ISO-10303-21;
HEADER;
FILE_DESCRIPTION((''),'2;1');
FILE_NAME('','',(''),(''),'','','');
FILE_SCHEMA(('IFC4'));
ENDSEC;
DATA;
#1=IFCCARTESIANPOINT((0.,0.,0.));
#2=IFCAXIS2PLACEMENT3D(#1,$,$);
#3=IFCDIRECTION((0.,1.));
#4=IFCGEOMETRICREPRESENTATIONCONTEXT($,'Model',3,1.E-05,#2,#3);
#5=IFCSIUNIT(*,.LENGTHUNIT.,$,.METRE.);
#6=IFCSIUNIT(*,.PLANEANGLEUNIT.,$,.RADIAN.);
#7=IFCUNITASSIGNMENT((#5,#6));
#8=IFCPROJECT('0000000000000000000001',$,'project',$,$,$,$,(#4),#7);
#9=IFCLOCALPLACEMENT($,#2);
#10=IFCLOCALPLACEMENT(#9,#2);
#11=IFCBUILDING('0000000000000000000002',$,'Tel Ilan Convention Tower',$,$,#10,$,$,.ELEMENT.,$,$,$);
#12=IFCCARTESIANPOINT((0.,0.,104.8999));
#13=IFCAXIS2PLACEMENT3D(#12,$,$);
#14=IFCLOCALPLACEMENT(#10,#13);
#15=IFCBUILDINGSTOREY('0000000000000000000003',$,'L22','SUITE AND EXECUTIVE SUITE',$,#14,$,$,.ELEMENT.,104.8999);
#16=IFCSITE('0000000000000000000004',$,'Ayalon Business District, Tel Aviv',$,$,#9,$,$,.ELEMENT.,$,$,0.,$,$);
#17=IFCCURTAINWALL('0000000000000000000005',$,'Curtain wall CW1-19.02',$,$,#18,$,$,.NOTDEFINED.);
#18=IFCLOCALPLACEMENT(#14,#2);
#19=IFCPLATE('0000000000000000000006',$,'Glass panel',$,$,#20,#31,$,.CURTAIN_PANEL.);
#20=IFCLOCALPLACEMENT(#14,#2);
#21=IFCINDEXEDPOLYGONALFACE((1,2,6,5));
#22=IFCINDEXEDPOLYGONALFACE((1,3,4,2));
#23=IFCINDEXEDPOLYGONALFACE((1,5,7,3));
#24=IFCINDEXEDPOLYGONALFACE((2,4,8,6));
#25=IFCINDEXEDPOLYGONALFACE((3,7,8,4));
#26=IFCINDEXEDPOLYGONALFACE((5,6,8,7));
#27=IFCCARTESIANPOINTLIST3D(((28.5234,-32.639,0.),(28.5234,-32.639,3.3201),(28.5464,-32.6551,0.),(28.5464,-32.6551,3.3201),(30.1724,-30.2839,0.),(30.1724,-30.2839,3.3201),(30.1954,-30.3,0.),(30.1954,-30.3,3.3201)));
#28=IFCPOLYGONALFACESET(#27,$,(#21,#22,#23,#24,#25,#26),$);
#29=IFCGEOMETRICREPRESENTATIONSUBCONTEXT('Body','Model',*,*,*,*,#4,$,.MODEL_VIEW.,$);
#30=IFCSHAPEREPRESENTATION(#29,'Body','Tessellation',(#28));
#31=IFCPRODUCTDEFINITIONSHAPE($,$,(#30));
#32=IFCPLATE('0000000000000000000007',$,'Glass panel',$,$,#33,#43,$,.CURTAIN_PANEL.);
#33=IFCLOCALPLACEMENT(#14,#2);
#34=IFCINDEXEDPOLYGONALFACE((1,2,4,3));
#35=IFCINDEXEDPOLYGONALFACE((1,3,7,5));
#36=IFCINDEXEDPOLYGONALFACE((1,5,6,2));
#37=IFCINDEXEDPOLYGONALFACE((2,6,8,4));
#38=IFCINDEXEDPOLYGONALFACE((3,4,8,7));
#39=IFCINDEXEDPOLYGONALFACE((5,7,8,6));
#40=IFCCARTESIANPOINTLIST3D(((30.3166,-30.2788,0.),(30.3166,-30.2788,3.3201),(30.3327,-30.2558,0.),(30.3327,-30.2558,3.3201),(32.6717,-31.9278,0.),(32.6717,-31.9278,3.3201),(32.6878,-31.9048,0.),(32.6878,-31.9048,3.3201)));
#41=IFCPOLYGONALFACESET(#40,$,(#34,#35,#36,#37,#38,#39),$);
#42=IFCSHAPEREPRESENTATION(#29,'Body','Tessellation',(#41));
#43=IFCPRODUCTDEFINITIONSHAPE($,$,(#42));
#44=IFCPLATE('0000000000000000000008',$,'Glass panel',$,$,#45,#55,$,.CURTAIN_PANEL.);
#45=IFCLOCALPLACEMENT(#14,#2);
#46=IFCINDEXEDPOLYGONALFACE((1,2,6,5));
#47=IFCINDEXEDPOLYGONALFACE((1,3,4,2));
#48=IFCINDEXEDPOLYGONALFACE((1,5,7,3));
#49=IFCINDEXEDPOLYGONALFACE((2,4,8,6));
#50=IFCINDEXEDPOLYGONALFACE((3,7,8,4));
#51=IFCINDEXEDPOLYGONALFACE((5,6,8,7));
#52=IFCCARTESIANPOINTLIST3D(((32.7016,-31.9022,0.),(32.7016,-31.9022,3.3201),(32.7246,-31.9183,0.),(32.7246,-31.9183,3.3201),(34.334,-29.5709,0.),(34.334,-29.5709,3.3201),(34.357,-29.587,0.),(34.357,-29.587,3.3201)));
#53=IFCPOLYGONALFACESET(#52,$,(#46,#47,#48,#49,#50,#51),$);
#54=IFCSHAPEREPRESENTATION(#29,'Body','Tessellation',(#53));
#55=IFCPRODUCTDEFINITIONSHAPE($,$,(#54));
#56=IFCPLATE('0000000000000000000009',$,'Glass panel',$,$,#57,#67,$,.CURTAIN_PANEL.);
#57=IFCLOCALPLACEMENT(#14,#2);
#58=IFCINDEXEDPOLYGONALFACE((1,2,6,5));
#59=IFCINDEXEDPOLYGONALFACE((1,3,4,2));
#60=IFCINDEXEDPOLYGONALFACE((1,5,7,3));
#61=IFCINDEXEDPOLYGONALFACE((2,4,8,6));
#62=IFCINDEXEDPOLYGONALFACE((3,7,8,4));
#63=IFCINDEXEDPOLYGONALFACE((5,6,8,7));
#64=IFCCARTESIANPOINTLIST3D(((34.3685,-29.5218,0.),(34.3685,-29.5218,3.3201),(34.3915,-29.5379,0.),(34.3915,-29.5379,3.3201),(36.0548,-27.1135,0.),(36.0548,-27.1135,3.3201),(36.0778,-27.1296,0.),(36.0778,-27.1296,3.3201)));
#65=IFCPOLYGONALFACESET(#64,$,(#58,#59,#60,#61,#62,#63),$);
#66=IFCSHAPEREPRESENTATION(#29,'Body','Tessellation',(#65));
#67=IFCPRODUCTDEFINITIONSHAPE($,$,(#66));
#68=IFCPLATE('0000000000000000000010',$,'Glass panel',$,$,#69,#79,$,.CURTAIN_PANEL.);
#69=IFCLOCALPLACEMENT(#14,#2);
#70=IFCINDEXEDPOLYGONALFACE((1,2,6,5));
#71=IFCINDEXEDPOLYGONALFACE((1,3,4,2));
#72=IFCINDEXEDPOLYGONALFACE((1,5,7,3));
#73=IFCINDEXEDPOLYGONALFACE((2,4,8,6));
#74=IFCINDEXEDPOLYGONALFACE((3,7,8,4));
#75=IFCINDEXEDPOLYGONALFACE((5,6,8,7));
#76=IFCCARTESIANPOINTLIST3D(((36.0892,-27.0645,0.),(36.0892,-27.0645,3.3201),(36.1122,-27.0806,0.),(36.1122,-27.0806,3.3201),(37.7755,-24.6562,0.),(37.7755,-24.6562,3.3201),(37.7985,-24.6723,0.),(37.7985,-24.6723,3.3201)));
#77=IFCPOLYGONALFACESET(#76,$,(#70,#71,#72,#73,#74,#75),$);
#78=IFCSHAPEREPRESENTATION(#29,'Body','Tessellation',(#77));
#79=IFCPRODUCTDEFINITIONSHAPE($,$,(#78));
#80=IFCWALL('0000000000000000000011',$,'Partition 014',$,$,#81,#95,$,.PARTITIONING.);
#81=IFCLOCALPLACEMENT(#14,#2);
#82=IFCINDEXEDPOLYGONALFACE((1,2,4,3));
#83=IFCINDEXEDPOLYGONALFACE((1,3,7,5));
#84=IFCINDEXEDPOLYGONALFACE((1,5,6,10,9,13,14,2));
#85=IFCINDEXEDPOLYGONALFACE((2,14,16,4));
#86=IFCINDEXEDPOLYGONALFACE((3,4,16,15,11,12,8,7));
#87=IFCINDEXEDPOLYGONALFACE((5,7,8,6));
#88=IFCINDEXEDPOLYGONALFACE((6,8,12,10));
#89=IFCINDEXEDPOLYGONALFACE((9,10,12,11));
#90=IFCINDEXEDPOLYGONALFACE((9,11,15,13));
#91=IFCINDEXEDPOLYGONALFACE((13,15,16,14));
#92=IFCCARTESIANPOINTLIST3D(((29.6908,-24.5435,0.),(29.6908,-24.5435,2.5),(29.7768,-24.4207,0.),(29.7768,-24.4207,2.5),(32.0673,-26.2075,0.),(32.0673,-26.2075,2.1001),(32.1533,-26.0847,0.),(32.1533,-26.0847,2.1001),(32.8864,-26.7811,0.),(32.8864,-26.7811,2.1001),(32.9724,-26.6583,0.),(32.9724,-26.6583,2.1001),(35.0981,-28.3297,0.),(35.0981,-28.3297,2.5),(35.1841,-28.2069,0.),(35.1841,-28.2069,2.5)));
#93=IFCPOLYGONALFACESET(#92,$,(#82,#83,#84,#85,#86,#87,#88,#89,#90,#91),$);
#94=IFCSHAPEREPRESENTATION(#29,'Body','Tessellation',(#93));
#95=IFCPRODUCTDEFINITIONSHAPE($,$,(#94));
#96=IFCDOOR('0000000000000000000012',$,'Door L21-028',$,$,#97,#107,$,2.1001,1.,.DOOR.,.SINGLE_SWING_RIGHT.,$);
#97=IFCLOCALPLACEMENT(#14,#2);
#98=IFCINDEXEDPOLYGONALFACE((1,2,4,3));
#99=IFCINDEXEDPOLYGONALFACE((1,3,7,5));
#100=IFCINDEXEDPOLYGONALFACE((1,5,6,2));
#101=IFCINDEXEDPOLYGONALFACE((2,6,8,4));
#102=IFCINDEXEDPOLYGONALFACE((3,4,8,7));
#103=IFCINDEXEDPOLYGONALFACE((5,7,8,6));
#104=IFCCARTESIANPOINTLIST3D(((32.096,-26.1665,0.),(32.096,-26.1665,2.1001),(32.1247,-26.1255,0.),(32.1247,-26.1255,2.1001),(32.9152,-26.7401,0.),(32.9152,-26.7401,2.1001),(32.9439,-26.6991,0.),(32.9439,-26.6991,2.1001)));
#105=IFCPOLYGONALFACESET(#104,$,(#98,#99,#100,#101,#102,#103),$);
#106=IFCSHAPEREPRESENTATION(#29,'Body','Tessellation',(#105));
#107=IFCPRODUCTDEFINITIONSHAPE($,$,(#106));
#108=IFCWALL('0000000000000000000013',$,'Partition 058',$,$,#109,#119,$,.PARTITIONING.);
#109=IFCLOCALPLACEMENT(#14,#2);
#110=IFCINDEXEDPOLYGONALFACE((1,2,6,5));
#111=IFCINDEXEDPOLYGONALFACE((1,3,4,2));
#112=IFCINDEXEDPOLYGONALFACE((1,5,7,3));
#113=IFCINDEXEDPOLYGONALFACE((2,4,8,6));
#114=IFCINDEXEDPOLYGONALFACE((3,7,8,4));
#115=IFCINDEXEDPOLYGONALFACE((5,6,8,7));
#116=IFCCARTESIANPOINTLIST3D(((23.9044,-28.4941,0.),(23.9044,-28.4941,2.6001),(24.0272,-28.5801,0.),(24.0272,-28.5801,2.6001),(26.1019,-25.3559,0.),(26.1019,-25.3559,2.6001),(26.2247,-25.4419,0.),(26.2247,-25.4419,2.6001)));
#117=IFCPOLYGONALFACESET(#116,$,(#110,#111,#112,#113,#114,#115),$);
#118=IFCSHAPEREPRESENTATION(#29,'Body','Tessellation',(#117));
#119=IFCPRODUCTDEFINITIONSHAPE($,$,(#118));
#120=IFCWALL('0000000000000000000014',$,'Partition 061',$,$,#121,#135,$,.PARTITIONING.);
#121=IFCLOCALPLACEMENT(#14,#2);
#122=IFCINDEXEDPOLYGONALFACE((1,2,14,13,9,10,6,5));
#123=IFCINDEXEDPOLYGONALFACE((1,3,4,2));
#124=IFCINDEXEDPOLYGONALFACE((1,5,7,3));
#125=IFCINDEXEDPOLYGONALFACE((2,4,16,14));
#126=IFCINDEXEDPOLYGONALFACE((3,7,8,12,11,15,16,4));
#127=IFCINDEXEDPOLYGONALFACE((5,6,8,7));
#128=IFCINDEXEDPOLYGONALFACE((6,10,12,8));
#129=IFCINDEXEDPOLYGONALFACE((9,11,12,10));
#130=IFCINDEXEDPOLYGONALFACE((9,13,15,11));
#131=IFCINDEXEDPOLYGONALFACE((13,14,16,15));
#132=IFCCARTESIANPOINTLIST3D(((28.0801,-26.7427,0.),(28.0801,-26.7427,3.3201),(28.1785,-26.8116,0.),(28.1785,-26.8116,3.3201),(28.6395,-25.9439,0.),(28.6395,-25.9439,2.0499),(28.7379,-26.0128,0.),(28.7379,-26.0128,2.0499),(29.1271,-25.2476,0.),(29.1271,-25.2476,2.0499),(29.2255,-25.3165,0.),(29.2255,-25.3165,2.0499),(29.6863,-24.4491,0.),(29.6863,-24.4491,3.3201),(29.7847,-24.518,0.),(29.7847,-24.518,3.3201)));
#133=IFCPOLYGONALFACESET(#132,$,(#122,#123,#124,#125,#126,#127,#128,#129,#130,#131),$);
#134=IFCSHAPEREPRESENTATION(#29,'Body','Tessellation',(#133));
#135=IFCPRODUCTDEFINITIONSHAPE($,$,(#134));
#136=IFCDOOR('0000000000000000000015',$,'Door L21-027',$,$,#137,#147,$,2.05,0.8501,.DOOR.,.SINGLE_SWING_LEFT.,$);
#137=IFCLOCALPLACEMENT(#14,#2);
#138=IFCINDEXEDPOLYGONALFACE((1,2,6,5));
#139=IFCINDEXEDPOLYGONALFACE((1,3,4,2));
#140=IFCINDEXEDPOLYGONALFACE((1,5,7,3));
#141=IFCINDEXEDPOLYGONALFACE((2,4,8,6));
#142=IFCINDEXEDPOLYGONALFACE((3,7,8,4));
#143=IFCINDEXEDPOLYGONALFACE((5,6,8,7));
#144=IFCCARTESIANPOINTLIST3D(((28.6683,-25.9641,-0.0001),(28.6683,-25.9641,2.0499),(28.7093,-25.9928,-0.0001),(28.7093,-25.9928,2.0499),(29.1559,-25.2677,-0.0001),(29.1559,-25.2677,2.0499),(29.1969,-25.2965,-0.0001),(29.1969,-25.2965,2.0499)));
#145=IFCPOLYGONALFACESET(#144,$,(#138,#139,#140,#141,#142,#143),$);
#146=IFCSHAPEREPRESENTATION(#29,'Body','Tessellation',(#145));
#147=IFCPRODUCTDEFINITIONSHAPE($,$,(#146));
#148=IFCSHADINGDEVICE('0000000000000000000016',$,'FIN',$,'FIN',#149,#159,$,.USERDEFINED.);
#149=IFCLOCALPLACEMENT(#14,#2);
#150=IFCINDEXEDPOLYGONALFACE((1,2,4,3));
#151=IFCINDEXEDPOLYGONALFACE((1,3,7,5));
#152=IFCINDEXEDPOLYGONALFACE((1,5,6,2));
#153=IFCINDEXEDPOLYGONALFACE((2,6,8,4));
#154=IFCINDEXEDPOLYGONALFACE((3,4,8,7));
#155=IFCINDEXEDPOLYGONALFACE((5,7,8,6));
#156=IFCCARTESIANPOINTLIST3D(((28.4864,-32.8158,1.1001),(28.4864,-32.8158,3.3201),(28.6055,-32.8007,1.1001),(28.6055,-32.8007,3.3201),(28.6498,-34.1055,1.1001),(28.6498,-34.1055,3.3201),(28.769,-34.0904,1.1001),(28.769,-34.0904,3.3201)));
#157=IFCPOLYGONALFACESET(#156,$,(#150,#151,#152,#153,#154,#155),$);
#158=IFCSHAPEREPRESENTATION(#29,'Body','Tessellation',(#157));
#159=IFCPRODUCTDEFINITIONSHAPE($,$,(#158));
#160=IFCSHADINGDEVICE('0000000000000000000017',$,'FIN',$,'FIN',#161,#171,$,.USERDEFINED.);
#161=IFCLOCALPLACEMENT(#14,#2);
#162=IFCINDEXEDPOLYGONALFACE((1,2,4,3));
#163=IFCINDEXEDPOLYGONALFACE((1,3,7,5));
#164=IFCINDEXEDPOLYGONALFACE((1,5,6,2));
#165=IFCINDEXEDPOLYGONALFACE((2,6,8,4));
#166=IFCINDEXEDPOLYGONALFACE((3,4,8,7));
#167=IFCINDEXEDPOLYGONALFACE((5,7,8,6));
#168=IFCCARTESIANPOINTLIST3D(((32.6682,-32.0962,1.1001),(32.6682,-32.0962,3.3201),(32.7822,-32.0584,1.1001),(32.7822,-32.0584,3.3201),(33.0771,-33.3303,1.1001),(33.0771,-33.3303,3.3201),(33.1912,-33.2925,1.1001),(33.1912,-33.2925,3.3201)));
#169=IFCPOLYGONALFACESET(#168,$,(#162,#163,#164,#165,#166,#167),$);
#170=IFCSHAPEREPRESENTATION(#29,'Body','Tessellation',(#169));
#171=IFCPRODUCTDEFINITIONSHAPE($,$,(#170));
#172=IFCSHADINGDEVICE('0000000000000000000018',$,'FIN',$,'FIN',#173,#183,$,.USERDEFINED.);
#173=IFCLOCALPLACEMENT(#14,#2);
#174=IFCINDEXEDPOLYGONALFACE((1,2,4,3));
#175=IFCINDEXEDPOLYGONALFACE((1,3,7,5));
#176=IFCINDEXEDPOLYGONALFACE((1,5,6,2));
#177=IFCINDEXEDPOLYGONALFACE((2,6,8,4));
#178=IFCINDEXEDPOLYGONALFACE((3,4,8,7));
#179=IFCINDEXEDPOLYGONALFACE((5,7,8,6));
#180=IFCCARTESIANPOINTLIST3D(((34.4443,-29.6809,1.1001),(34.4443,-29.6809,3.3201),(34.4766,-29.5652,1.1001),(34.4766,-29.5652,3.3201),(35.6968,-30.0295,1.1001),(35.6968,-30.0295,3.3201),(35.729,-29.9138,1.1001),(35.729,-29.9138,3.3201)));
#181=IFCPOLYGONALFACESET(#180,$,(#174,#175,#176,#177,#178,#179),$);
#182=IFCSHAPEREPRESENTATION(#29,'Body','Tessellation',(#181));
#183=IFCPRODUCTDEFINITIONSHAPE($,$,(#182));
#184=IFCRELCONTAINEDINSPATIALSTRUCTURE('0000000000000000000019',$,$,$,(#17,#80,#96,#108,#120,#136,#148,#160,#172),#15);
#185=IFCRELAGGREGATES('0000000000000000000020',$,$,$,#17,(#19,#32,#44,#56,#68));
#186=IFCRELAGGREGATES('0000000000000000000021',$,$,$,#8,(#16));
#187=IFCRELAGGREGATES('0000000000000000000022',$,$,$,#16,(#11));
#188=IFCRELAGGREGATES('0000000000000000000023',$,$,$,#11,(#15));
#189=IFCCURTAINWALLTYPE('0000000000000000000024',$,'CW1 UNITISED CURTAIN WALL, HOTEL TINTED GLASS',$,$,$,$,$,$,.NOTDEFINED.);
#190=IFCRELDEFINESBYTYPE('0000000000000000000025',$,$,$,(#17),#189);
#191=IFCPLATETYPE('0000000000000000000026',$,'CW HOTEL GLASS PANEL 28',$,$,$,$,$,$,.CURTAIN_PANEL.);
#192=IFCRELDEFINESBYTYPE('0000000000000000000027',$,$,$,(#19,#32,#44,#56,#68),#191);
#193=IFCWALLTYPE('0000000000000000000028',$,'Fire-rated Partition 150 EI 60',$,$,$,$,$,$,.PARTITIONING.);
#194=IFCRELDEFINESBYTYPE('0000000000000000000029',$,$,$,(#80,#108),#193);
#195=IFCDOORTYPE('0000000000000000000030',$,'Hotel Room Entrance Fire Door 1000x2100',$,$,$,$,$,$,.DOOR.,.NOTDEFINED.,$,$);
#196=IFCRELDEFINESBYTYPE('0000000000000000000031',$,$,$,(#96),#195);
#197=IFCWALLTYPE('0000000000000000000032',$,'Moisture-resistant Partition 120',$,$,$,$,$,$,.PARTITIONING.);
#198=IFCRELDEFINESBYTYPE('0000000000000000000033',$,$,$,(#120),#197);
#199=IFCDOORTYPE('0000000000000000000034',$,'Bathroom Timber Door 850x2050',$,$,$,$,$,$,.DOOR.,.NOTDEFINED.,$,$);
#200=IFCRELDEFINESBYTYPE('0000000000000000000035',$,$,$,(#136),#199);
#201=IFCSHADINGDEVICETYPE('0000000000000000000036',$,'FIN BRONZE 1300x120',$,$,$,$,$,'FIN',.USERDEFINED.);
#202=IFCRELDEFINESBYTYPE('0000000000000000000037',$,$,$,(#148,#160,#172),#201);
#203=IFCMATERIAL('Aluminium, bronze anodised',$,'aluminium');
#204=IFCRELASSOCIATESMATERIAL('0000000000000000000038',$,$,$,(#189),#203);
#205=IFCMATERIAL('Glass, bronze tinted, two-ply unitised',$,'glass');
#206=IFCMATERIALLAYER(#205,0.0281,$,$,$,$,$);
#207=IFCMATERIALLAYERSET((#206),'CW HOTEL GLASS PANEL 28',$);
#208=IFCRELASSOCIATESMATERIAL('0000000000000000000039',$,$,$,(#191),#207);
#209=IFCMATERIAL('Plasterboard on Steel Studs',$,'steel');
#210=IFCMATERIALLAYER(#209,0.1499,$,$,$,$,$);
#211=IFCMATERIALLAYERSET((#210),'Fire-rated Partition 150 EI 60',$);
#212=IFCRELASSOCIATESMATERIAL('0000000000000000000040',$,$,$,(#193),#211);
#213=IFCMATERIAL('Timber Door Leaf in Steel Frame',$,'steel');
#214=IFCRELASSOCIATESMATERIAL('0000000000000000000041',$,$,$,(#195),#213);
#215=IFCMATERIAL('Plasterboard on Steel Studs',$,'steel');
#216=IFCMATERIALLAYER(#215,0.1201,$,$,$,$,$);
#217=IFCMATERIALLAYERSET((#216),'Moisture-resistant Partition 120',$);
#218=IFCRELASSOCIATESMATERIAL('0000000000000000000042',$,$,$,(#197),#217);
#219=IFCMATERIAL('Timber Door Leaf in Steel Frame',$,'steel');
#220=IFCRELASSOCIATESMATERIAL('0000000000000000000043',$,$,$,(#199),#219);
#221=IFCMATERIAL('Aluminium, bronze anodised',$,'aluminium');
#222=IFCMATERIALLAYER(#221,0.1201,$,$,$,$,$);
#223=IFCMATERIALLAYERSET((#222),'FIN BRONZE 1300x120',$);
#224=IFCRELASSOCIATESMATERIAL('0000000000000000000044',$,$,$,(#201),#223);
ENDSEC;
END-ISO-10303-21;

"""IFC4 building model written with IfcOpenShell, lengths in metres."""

from ifc_helpers import new_model, si_unit, direction, frame, frame_2d, origin, origin_2d, place, context, subcontext, project, spatial, rectangle, extrude, material, layer, layer_set, type_object, element, fill, aggregate, save


model = new_model("IFC4")

# Units and contexts
model_context = context("Model", 3, precision=1e-05, world=origin(), true_north=direction((0.0, 1.0)))
body_context = subcontext(model_context, "Body", "Model", "MODEL_VIEW")
ifc_project = project(units=[si_unit("LENGTHUNIT", "METRE"), si_unit("PLANEANGLEUNIT", "RADIAN")], contexts=[model_context])

# Site, building, storey
site_placement = place(None, origin())
site = spatial("IfcSite", under=ifc_project, at=site_placement, Name="Ayalon Business District, Tel Aviv", CompositionType="ELEMENT", RefElevation=0.0)
building_placement = place(site_placement, origin())
building = spatial("IfcBuilding", under=site, at=building_placement, Name="Tel Ilan Convention Tower", CompositionType="ELEMENT")
storey_placement = place(building_placement, frame((0.0, 0.0, 104.8999)))
storey = spatial("IfcBuildingStorey", under=building, at=storey_placement, Name="L22", Description="SUITE AND EXECUTIVE SUITE", CompositionType="ELEMENT", Elevation=104.8999)

# Curtain wall, plates
ifc_material_1 = material(Name="Aluminium, bronze anodised", Category="aluminium")
curtain_wall_type = type_object("IfcCurtainWallType", Name="CW1 UNITISED CURTAIN WALL, HOTEL TINTED GLASS", PredefinedType="NOTDEFINED", material=ifc_material_1)
curtain_wall_placement = place(storey_placement, origin())
curtain_wall = element("IfcCurtainWall", 1, at=curtain_wall_placement, inside=storey, type_object=curtain_wall_type, Name="Curtain wall CW1-19.02", PredefinedType="NOTDEFINED")
ifc_material_2 = material(Name="Glass, bronze tinted, two-ply unitised", Category="glass")
ifc_layer_1 = layer(ifc_material_2, 0.0281)
ifc_layer_set_1 = layer_set([ifc_layer_1], Name="CW HOTEL GLASS PANEL 28")
plate_type = type_object("IfcPlateType", Name="CW HOTEL GLASS PANEL 28", PredefinedType="CURTAIN_PANEL", material=ifc_layer_set_1)
plate_1_placement = place(storey_placement, frame((29.3594, -31.4695, 0.0), z_axis=(0.0, 0.0, 1.0), x_axis=(0.573576, 0.819152, 0.0)))
plate_1 = element("IfcPlate", 2, at=plate_1_placement, type_object=plate_type, Name="Glass panel", PredefinedType="CURTAIN_PANEL", context=body_context, shape_type="SweptSolid", body=[
    extrude(rectangle(XDim=2.875, YDim=0.0281, at=origin_2d()), origin(), (0.0, 0.0, 1.0), 3.3201),
])
plate_2_placement = place(storey_placement, frame((31.5022, -31.0918, 0.0), z_axis=(0.0, 0.0, 1.0), x_axis=(0.819152, -0.573576, 0.0)))
plate_2 = element("IfcPlate", 3, at=plate_2_placement, type_object=plate_type, Name="Glass panel", PredefinedType="CURTAIN_PANEL", context=body_context, shape_type="SweptSolid", body=[
    extrude(rectangle(XDim=2.875, YDim=0.0281, at=origin_2d()), origin(), (0.0, 0.0, 1.0), 3.3201),
])
plate_3_placement = place(storey_placement, frame((33.5293, -30.7446, 0.0), z_axis=(0.0, 0.0, 1.0), x_axis=(0.573576, 0.819152, 0.0)))
plate_3 = element("IfcPlate", 4, at=plate_3_placement, type_object=plate_type, Name="Glass panel", PredefinedType="CURTAIN_PANEL", context=body_context, shape_type="SweptSolid", body=[
    extrude(rectangle(XDim=2.8459, YDim=0.0281, at=origin_2d()), origin(), (0.0, 0.0, 1.0), 3.3201),
])
plate_4_placement = place(storey_placement, frame((35.2231, -28.3257, 0.0), z_axis=(0.0, 0.0, 1.0), x_axis=(0.573576, 0.819152, 0.0)))
plate_4 = element("IfcPlate", 5, at=plate_4_placement, type_object=plate_type, Name="Glass panel", PredefinedType="CURTAIN_PANEL", context=body_context, shape_type="SweptSolid", body=[
    extrude(rectangle(XDim=2.9399, YDim=0.0281, at=origin_2d()), origin(), (0.0, 0.0, 1.0), 3.3201),
])
plate_5_placement = place(storey_placement, frame((36.9438, -25.8684, 0.0), z_axis=(0.0, 0.0, 1.0), x_axis=(0.573576, 0.819152, 0.0)))
plate_5 = element("IfcPlate", 6, at=plate_5_placement, type_object=plate_type, Name="Glass panel", PredefinedType="CURTAIN_PANEL", context=body_context, shape_type="SweptSolid", body=[
    extrude(rectangle(XDim=2.9399, YDim=0.0281, at=origin_2d()), origin(), (0.0, 0.0, 1.0), 3.3201),
])
aggregate(curtain_wall, [plate_1, plate_2, plate_3, plate_4, plate_5])

# Wall, opening, door
ifc_material_3 = material(Name="Plasterboard on Steel Studs", Category="steel")
ifc_layer_2 = layer(ifc_material_3, 0.1499)
ifc_layer_set_2 = layer_set([ifc_layer_2], Name="Fire-rated Partition 150 EI 60")
wall_type_1 = type_object("IfcWallType", Name="Fire-rated Partition 150 EI 60", PredefinedType="PARTITIONING", material=ifc_layer_set_2)
wall_1_placement = place(storey_placement, frame((35.1411, -28.2683, 0.0), z_axis=(0.0, 0.0, 1.0), x_axis=(-0.819155, 0.573572, 0.0)))
wall_1 = element("IfcWall", 7, at=wall_1_placement, inside=storey, type_object=wall_type_1, Name="Partition 014", PredefinedType="PARTITIONING", context=body_context, shape_type="SweptSolid", body=[
    extrude(rectangle(XDim=6.6011, YDim=0.1499, at=frame_2d((3.3005, 0.0))), origin(), (0.0, 0.0, 1.0), 2.5),
])
opening_1_placement = place(wall_1_placement, frame((2.7, 0.0, 0.0)))
opening_1 = element("IfcOpeningElement", 8, at=opening_1_placement, cuts=wall_1, PredefinedType="OPENING", context=body_context, shape_type="SweptSolid", body=[
    extrude(rectangle(XDim=1.0, YDim=2.1001, at=frame_2d((0.5, 1.05))), frame((0.0, 0.085, 0.0), z_axis=(0.0, -1.0, 0.0), x_axis=(1.0, 0.0, 0.0)), (0.0, 0.0, 1.0), 0.1699),
])
ifc_material_4 = material(Name="Timber Door Leaf in Steel Frame", Category="steel")
door_type_1 = type_object("IfcDoorType", Name="Hotel Room Entrance Fire Door 1000x2100", OperationType="NOTDEFINED", PredefinedType="DOOR", material=ifc_material_4)
door_1_placement = place(opening_1_placement, origin())
door_1 = element("IfcDoor", 9, at=door_1_placement, inside=storey, type_object=door_type_1, Name="Door L21-028", OperationType="SINGLE_SWING_RIGHT", OverallHeight=2.1001, OverallWidth=1.0, PredefinedType="DOOR", context=body_context, shape_type="SweptSolid", body=[
    extrude(rectangle(XDim=1.0, YDim=2.1001, at=frame_2d((0.5, 1.05))), frame((0.0, 0.0249, 0.0), z_axis=(0.0, -1.0, 0.0), x_axis=(1.0, 0.0, 0.0)), (0.0, 0.0, 1.0), 0.05),
])
fill(opening_1, door_1)

# Wall
wall_2_placement = place(storey_placement, frame((26.1633, -25.3989, 0.0), z_axis=(0.0, 0.0, 1.0), x_axis=(-0.573599, -0.819136, 0.0)))
element("IfcWall", 10, at=wall_2_placement, inside=storey, type_object=wall_type_1, Name="Partition 058", PredefinedType="PARTITIONING", context=body_context, shape_type="SweptSolid", body=[
    extrude(rectangle(XDim=3.8311, YDim=0.1499, at=frame_2d((1.9155, 0.0))), origin(), (0.0, 0.0, 1.0), 2.6001),
])

# Wall, opening, door
ifc_material_5 = material(Name="Plasterboard on Steel Studs", Category="steel")
ifc_layer_3 = layer(ifc_material_5, 0.1201)
ifc_layer_set_3 = layer_set([ifc_layer_3], Name="Moisture-resistant Partition 120")
wall_type_2 = type_object("IfcWallType", Name="Moisture-resistant Partition 120", PredefinedType="PARTITIONING", material=ifc_layer_set_3)
wall_3_placement = place(storey_placement, frame((28.1294, -26.7771, 0.0), z_axis=(0.0, 0.0, 1.0), x_axis=(0.573609, 0.81913, 0.0)))
wall_3 = element("IfcWall", 11, at=wall_3_placement, inside=storey, type_object=wall_type_2, Name="Partition 061", PredefinedType="PARTITIONING", context=body_context, shape_type="SweptSolid", body=[
    extrude(rectangle(XDim=2.8, YDim=0.1201, at=frame_2d((1.3999, 0.0))), origin(), (0.0, 0.0, 1.0), 3.3201),
])
opening_2_placement = place(wall_3_placement, frame((0.9751, 0.0, 0.0)))
opening_2 = element("IfcOpeningElement", 12, at=opening_2_placement, cuts=wall_3, PredefinedType="OPENING", context=body_context, shape_type="SweptSolid", body=[
    extrude(rectangle(XDim=0.8501, YDim=2.05, at=frame_2d((0.425, 1.0249))), frame((0.0, 0.0701, 0.0), z_axis=(0.0, -1.0, 0.0), x_axis=(1.0, 0.0, 0.0)), (0.0, 0.0, 1.0), 0.1401),
])
ifc_material_6 = material(Name="Timber Door Leaf in Steel Frame", Category="steel")
door_type_2 = type_object("IfcDoorType", Name="Bathroom Timber Door 850x2050", OperationType="NOTDEFINED", PredefinedType="DOOR", material=ifc_material_6)
door_2_placement = place(opening_2_placement, origin())
door_2 = element("IfcDoor", 13, at=door_2_placement, inside=storey, type_object=door_type_2, Name="Door L21-027", OperationType="SINGLE_SWING_LEFT", OverallHeight=2.05, OverallWidth=0.8501, PredefinedType="DOOR", context=body_context, shape_type="SweptSolid", body=[
    extrude(rectangle(XDim=0.8501, YDim=2.05, at=frame_2d((0.425, 1.0249))), frame((0.0, 0.0249, 0.0), z_axis=(0.0, -1.0, 0.0), x_axis=(1.0, 0.0, 0.0)), (0.0, 0.0, 1.0), 0.05),
])
fill(opening_2, door_2)

# Shading devices
ifc_material_7 = material(Name="Aluminium, bronze anodised", Category="aluminium")
ifc_layer_4 = layer(ifc_material_7, 0.1201)
ifc_layer_set_4 = layer_set([ifc_layer_4], Name="FIN BRONZE 1300x120")
shading_device_type = type_object("IfcShadingDeviceType", Name="FIN BRONZE 1300x120", ElementType="FIN", PredefinedType="USERDEFINED", material=ifc_layer_set_4)
for number, where, z_axis, x_axis, name in (
    (14, (28.6277, -33.4531, 1.1001), (0.0, 0.0, 1.0), (0.125718, -0.992066, 0.0), "FIN"),
    (15, (32.9297, -32.6943, 1.1001), (0.0, 0.0, 1.0), (0.314545, -0.949243, 0.0), "FIN"),
    (16, (35.0867, -29.7974, 1.1001), (0.0, 0.0, 1.0), (0.963371, -0.268173, 0.0), "FIN"),
):
    element("IfcShadingDevice", number, at=place(storey_placement, frame(where, z_axis=z_axis, x_axis=x_axis)), inside=storey, type_object=shading_device_type, Name=name, ObjectType="FIN", PredefinedType="USERDEFINED", context=body_context, shape_type="SweptSolid", body=[
        extrude(rectangle(XDim=1.3, YDim=0.1201, at=origin_2d()), origin(), (0.0, 0.0, 1.0), 2.22),
    ])

save(model, "model.ifc")
